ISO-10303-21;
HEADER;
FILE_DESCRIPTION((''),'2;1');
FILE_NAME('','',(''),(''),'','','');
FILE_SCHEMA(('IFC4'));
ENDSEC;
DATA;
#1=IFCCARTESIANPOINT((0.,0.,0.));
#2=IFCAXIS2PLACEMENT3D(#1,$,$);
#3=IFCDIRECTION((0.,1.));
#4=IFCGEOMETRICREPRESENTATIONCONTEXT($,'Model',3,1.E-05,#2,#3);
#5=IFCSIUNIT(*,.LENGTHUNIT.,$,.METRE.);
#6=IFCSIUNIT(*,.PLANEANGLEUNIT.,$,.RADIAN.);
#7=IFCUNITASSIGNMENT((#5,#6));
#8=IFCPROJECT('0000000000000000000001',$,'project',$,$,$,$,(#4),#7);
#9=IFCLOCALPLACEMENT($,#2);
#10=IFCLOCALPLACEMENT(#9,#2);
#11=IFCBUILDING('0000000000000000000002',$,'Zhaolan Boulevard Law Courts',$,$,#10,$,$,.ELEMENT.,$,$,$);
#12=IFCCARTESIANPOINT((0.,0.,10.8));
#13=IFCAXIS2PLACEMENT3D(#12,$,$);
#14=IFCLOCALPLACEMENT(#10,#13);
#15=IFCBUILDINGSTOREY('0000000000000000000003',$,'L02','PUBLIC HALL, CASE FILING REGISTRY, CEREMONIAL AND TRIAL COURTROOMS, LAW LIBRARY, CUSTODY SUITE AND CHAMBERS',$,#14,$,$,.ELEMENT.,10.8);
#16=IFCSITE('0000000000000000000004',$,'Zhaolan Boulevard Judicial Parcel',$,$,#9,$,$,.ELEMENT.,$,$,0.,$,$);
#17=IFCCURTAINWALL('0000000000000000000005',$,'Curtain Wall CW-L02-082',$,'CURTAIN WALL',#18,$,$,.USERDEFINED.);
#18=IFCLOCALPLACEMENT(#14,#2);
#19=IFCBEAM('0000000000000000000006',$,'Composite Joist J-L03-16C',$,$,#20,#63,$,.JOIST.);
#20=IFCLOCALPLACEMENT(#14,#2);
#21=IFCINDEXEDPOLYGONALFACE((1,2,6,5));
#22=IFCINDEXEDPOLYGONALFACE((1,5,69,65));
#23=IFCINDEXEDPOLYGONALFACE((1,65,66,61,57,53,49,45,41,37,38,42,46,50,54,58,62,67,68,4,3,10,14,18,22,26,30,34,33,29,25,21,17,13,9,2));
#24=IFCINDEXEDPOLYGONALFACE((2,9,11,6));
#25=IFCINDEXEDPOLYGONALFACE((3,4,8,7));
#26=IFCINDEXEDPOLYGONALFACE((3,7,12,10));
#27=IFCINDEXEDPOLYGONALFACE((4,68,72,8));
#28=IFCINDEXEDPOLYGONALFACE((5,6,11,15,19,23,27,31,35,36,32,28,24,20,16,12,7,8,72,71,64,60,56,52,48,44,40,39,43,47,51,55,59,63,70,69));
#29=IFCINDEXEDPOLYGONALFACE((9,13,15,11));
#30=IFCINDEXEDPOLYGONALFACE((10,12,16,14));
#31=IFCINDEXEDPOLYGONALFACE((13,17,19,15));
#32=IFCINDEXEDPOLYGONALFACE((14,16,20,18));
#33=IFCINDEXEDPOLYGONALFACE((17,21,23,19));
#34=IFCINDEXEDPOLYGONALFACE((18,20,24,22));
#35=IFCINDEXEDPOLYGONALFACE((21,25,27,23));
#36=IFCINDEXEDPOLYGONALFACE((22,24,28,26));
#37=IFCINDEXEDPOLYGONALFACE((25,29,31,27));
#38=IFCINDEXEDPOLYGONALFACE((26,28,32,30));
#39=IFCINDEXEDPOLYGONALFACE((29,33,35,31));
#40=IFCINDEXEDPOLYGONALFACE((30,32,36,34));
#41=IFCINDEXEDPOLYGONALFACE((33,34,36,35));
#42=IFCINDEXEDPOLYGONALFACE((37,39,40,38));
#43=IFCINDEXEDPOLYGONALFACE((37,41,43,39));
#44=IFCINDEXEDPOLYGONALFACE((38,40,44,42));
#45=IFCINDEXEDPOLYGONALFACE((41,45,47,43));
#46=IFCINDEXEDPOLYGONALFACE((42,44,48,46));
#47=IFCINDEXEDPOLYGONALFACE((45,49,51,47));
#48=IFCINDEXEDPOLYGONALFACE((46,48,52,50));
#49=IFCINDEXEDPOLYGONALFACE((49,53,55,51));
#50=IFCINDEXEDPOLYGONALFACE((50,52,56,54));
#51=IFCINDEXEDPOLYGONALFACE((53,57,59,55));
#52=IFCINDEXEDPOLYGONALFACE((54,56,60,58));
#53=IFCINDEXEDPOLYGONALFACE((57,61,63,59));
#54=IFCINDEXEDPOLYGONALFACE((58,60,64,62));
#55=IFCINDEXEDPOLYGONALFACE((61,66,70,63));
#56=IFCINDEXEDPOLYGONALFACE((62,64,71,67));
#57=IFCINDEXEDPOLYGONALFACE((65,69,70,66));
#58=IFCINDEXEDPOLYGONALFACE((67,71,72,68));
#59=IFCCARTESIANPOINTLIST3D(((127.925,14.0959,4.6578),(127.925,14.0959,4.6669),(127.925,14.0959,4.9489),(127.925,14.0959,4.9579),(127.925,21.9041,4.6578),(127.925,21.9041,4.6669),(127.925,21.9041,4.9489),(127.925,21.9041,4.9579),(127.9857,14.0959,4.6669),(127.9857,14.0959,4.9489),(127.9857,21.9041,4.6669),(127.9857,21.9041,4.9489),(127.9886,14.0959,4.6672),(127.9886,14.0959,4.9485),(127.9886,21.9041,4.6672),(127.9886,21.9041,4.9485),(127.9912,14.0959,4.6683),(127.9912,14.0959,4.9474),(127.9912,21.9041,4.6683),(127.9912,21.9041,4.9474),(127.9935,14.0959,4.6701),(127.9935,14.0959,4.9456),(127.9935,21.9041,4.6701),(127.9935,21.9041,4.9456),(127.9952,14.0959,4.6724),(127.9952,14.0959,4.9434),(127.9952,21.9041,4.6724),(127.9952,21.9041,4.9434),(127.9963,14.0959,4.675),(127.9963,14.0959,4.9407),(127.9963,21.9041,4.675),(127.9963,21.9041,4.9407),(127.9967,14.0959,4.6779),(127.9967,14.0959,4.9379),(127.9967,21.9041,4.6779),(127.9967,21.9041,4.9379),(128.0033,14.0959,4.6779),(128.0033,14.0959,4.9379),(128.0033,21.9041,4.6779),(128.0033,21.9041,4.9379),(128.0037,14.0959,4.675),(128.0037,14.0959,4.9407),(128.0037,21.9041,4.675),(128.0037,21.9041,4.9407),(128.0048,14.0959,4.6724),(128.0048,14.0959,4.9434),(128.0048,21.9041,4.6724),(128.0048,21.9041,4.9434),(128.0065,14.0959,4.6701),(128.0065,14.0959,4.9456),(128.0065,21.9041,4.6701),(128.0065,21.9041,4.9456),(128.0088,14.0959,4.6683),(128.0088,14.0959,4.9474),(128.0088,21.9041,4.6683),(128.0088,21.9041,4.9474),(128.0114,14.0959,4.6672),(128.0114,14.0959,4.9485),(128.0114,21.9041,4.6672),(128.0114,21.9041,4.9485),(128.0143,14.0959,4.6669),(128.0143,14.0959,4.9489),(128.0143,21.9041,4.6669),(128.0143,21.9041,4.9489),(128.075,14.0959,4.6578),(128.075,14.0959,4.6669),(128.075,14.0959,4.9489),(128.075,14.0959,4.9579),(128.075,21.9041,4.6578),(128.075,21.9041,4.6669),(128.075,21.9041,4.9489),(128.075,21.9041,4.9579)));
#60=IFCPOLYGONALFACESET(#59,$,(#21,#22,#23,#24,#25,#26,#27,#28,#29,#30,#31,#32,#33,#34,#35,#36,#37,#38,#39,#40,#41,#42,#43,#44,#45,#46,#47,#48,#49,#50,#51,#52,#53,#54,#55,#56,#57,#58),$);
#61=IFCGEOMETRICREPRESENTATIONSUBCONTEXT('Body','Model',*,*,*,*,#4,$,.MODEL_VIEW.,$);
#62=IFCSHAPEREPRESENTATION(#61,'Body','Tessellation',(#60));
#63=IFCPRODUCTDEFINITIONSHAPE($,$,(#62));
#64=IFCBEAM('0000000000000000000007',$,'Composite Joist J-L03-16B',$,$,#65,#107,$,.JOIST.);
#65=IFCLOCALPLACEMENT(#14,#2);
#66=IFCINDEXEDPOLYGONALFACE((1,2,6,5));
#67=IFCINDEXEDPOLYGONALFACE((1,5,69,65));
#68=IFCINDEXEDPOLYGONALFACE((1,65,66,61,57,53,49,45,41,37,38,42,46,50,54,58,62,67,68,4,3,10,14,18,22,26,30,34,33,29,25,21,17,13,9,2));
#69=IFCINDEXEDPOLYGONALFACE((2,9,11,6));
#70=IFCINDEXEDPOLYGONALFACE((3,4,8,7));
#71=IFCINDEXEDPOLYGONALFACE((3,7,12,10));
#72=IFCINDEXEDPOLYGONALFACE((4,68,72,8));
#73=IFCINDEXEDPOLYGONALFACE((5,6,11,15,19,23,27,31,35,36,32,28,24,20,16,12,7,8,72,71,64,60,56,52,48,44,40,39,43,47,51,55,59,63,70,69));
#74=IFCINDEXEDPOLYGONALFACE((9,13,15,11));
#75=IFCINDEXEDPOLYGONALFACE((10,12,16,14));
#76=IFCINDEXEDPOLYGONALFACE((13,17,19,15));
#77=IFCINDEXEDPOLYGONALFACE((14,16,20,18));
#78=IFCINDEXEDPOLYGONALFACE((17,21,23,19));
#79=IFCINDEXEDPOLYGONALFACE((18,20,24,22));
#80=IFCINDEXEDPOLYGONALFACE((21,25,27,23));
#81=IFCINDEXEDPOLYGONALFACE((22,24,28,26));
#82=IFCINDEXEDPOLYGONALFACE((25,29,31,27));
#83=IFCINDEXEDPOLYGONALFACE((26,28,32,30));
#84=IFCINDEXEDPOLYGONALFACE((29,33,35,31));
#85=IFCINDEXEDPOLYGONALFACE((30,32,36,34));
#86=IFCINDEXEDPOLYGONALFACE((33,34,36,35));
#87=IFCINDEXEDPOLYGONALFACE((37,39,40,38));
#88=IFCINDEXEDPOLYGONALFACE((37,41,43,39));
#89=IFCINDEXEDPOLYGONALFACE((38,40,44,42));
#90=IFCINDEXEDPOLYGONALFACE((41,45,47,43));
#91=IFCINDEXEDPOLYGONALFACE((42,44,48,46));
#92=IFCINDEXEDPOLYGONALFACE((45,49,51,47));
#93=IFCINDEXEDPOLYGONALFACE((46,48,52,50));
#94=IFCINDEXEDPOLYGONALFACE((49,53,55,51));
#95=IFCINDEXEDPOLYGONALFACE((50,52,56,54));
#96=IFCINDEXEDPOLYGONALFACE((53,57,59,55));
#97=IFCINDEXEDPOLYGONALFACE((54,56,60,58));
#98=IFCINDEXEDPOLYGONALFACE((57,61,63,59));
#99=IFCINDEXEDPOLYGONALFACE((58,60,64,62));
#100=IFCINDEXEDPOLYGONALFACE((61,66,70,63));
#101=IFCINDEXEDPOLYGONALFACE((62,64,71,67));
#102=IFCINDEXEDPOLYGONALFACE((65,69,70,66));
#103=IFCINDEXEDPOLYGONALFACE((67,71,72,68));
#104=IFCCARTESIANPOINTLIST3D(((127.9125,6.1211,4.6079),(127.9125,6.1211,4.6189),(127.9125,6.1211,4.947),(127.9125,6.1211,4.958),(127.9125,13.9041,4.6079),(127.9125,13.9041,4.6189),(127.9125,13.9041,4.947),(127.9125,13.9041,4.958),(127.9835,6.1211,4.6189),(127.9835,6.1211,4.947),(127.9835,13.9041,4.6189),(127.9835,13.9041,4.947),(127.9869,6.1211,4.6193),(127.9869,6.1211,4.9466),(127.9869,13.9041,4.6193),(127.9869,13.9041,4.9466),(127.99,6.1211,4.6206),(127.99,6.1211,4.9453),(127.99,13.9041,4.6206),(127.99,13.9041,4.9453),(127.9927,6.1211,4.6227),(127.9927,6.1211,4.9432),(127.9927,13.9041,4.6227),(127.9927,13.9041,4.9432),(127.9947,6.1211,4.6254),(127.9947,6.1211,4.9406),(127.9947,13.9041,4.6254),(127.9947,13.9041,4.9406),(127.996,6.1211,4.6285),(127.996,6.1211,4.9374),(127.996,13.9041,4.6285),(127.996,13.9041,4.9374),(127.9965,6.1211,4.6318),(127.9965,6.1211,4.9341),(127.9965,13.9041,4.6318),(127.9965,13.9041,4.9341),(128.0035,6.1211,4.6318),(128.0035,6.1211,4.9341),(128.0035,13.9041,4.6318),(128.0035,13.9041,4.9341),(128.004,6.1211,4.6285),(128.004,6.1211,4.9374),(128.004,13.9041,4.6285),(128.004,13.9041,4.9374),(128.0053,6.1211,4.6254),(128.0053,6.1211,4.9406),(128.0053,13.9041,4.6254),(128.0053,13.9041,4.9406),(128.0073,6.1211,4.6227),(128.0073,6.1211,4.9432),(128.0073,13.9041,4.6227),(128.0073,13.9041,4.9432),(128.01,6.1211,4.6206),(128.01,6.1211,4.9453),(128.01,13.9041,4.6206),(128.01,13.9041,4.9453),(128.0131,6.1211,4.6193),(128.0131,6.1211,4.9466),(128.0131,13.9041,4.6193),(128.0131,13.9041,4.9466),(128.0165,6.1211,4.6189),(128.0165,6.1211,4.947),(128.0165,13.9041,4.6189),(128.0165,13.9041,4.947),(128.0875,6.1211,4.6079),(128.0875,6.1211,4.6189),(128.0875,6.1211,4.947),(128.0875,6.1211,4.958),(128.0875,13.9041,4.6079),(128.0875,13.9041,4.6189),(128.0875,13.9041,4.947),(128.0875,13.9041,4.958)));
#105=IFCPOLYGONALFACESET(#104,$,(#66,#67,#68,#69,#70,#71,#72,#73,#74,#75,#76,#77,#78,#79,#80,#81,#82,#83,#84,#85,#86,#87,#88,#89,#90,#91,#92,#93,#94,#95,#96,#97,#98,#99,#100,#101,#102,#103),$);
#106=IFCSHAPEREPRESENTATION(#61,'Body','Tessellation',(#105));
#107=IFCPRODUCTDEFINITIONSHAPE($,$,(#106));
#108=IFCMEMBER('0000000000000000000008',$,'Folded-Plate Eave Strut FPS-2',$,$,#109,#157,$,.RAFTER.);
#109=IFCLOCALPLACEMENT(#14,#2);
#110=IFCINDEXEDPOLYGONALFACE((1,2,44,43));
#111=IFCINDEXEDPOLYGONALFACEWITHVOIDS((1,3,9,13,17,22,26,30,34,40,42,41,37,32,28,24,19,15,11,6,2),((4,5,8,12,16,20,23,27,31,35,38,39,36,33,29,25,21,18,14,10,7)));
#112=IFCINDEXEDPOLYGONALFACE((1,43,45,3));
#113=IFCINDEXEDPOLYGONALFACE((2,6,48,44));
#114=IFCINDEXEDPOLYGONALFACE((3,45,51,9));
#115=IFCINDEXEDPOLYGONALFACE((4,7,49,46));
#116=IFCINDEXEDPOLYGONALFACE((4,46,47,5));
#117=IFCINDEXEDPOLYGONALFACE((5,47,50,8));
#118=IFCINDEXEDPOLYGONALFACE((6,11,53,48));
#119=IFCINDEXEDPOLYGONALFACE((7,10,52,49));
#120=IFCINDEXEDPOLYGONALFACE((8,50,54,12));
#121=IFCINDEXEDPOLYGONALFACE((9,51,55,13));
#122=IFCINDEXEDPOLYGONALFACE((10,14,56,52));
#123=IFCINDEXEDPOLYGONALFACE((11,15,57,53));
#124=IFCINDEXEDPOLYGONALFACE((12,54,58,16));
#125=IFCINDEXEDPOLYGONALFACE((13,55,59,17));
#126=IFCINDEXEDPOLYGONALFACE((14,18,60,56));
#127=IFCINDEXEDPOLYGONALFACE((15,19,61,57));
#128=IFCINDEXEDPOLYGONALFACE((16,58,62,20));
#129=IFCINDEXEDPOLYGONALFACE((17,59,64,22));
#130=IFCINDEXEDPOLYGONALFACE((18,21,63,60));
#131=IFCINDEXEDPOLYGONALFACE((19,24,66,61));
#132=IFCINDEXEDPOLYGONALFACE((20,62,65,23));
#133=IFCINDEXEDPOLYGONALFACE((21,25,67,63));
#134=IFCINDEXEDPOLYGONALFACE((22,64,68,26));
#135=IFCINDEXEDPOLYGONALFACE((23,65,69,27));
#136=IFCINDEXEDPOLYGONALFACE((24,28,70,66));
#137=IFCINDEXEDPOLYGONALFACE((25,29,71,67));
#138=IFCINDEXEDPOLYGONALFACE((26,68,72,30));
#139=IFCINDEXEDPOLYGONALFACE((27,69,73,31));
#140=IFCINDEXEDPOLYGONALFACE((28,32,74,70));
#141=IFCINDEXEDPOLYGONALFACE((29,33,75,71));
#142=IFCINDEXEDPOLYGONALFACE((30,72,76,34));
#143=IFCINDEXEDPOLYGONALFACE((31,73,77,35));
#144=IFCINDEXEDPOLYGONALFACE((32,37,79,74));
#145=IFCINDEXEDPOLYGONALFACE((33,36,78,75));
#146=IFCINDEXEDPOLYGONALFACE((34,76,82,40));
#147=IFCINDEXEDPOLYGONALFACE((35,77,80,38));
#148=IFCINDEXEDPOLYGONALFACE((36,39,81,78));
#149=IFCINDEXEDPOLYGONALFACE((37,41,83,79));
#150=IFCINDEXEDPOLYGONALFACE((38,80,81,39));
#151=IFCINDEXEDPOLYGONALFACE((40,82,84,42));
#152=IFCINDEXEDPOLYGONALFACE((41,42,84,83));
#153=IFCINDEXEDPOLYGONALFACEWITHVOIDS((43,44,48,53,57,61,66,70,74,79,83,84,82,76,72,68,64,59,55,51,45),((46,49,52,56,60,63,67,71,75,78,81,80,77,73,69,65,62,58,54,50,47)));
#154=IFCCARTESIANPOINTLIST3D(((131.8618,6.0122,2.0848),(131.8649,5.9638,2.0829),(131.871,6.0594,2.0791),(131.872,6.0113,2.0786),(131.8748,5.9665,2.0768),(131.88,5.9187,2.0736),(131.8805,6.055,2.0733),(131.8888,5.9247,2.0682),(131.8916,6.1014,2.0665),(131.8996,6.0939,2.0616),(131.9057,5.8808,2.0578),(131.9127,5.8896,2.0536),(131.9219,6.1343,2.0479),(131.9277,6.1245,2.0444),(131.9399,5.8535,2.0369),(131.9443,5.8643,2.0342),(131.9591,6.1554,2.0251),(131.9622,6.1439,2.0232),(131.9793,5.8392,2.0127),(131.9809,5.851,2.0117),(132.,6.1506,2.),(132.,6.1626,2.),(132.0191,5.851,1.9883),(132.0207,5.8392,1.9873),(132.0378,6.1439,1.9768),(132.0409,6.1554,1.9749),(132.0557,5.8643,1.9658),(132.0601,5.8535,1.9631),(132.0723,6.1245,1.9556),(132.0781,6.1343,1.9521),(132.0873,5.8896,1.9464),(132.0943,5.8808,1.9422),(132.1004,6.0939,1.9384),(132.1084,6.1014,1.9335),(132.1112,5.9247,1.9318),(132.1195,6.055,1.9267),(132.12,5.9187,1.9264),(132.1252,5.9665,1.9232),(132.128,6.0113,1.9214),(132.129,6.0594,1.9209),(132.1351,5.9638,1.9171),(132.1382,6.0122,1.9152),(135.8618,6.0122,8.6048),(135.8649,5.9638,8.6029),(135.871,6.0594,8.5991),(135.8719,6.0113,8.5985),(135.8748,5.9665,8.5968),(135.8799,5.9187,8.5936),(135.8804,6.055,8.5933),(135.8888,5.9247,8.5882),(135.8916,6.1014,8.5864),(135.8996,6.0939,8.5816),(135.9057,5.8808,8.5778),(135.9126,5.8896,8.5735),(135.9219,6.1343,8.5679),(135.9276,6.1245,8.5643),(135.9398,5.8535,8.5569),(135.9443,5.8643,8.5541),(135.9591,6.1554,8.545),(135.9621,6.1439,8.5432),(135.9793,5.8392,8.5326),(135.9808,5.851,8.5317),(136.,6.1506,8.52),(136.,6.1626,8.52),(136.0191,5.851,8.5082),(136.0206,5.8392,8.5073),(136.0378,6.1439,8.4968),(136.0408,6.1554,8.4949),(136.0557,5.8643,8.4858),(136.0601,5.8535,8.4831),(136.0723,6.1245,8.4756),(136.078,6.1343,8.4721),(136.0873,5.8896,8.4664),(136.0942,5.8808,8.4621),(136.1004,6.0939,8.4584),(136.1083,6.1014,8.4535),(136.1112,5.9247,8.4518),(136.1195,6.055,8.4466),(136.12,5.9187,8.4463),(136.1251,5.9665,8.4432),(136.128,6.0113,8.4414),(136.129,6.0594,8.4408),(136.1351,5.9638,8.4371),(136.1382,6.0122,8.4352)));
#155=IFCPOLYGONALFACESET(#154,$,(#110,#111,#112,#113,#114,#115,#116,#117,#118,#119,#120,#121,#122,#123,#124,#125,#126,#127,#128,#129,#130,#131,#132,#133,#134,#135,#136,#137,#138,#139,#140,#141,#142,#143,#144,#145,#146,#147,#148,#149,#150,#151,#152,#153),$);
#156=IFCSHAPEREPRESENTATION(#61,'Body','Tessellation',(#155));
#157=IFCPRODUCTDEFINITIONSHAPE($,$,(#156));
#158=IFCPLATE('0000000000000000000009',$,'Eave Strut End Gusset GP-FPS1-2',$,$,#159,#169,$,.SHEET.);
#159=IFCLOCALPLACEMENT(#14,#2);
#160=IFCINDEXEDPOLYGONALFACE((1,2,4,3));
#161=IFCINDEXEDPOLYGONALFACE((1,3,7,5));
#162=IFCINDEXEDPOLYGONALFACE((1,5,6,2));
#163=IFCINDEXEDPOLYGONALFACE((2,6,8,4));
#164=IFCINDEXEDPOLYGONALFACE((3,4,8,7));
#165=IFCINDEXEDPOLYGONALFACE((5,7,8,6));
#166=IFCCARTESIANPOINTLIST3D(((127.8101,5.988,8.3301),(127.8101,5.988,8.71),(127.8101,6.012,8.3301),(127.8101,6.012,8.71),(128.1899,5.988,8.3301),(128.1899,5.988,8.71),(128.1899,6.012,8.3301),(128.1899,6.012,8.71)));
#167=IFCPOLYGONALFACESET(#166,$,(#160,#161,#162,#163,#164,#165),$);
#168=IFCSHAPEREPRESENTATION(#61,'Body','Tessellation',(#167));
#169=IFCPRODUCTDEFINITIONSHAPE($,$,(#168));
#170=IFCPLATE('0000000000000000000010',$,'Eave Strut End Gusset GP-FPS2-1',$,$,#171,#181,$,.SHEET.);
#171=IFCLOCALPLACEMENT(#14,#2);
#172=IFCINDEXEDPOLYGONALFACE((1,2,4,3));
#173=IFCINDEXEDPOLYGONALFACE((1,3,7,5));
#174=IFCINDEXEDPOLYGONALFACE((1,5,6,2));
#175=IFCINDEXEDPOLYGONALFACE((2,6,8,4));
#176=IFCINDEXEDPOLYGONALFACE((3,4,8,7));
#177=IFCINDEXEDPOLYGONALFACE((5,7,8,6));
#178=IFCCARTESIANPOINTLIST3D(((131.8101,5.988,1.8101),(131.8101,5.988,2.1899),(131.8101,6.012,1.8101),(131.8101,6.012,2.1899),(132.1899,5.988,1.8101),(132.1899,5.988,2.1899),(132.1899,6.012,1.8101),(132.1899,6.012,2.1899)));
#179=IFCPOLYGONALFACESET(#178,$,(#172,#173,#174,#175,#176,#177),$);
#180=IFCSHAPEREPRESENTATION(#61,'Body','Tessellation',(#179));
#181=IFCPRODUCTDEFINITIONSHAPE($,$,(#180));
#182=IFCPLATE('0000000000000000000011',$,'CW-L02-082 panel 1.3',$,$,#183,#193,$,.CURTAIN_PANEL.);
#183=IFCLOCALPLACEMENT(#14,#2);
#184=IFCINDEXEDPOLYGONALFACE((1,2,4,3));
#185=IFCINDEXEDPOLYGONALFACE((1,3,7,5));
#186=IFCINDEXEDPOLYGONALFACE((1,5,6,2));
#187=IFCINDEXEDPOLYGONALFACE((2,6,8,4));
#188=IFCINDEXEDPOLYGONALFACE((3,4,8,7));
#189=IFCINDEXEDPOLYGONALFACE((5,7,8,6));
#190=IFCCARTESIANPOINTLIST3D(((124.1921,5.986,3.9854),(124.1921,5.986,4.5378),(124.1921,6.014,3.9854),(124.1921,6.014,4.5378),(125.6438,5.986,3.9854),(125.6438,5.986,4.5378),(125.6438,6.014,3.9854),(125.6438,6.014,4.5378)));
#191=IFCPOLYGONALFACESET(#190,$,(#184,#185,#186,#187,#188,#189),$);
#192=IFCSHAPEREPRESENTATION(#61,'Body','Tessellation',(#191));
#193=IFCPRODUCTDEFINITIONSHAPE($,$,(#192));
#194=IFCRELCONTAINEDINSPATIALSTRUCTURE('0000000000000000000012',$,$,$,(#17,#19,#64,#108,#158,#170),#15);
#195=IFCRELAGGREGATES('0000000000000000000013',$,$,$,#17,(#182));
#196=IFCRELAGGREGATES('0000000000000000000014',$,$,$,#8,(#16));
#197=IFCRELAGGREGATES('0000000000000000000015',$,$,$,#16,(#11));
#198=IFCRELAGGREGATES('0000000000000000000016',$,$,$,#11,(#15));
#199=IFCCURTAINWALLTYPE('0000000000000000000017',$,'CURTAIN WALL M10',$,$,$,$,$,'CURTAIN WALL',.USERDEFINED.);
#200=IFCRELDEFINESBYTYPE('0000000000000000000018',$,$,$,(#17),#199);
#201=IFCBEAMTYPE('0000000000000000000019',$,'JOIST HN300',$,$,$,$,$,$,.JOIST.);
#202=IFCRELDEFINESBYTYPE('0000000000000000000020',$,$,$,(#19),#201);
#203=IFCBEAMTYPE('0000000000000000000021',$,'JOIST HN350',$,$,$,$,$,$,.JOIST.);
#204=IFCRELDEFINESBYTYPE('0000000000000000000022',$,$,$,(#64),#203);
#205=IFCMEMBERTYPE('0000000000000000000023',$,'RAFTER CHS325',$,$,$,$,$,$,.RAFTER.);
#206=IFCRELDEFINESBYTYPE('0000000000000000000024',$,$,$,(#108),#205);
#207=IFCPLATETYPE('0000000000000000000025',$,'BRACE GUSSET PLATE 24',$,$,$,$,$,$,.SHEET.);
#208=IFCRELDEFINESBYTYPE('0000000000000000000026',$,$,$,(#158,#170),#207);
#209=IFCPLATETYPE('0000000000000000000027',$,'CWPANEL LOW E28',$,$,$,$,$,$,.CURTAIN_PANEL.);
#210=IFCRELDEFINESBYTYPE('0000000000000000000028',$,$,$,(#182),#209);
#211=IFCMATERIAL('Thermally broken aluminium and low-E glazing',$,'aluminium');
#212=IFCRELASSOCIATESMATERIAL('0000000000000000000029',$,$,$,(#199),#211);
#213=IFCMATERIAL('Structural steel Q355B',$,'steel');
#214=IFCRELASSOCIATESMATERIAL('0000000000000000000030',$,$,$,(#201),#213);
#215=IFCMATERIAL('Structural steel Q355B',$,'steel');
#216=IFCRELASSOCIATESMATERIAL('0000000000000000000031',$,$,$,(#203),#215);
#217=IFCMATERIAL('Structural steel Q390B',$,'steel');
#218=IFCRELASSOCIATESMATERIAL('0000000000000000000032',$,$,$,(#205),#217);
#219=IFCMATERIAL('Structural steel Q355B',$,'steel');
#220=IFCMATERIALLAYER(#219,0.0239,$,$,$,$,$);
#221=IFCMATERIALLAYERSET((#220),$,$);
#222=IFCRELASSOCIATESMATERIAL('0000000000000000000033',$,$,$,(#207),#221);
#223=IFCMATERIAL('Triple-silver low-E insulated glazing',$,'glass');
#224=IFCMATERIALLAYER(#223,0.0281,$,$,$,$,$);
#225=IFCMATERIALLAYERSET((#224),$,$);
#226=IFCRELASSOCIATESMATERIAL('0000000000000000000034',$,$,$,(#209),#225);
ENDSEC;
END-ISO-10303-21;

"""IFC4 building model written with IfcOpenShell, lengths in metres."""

from ifc_helpers import new_model, si_unit, direction, frame, origin, origin_2d, place, context, subcontext, project, spatial, rectangle, hollow_circle, i_section, extrude, material, layer, layer_set, material_profile, profile_set, type_object, element, aggregate, save


model = new_model("IFC4")

# Units and contexts
model_context = context("Model", 3, precision=1e-05, world=origin(), true_north=direction((0.0, 1.0)))
body_context = subcontext(model_context, "Body", "Model", "MODEL_VIEW")
ifc_project = project(units=[si_unit("LENGTHUNIT", "METRE"), si_unit("PLANEANGLEUNIT", "RADIAN")], contexts=[model_context])

# Site, building, storey
site_placement = place(None, origin())
site = spatial("IfcSite", under=ifc_project, at=site_placement, Name="Zhaolan Boulevard Judicial Parcel", CompositionType="ELEMENT", RefElevation=0.0)
building_placement = place(site_placement, origin())
building = spatial("IfcBuilding", under=site, at=building_placement, Name="Zhaolan Boulevard Law Courts", CompositionType="ELEMENT")
storey_placement = place(building_placement, frame((0.0, 0.0, 10.8)))
storey = spatial("IfcBuildingStorey", under=building, at=storey_placement, Name="L02", Description="PUBLIC HALL, CASE FILING REGISTRY, CEREMONIAL AND TRIAL COURTROOMS, LAW LIBRARY, CUSTODY SUITE AND CHAMBERS", CompositionType="ELEMENT", Elevation=10.8)

# Curtain wall
ifc_material_1 = material(Name="Thermally broken aluminium and low-E glazing", Category="aluminium")
curtain_wall_type = type_object("IfcCurtainWallType", Name="CURTAIN WALL M10", ElementType="CURTAIN WALL", PredefinedType="USERDEFINED", material=ifc_material_1)
curtain_wall_placement = place(storey_placement, origin())
curtain_wall = element("IfcCurtainWall", 1, at=curtain_wall_placement, inside=storey, type_object=curtain_wall_type, Name="Curtain Wall CW-L02-082", ObjectType="CURTAIN WALL", PredefinedType="USERDEFINED")

# Beams
ifc_material_2 = material(Name="Structural steel Q355B", Category="steel")
ifc_material_profile_1 = material_profile(ifc_material_2, i_section(OverallWidth=0.1499, OverallDepth=0.3, WebThickness=0.0066, FlangeThickness=0.009, FilletRadius=0.011, at=origin_2d()), Name="HN300x150")
ifc_profile_set_1 = profile_set([ifc_material_profile_1], Name="Structural steel Q355B")
beam_type_1 = type_object("IfcBeamType", Name="JOIST HN300", PredefinedType="JOIST", material=ifc_profile_set_1)
beam_1_placement = place(storey_placement, frame((128.0, 14.0959, 4.8079), z_axis=(0.0, 1.0, 0.0), x_axis=(-1.0, 0.0, 0.0)))
element("IfcBeam", 2, at=beam_1_placement, inside=storey, type_object=beam_type_1, Name="Composite Joist J-L03-16C", PredefinedType="JOIST", context=body_context, shape_type="SweptSolid", body=[
    extrude(i_section(OverallWidth=0.1499, OverallDepth=0.3, WebThickness=0.0066, FlangeThickness=0.009, FilletRadius=0.011, at=origin_2d()), origin(), (0.0, 0.0, 1.0), 7.8081),
])
ifc_material_3 = material(Name="Structural steel Q355B", Category="steel")
ifc_material_profile_2 = material_profile(ifc_material_3, i_section(OverallWidth=0.175, OverallDepth=0.3501, WebThickness=0.0071, FlangeThickness=0.011, FilletRadius=0.0129, at=origin_2d()), Name="HN350x175")
ifc_profile_set_2 = profile_set([ifc_material_profile_2], Name="Structural steel Q355B")
beam_type_2 = type_object("IfcBeamType", Name="JOIST HN350", PredefinedType="JOIST", material=ifc_profile_set_2)
beam_2_placement = place(storey_placement, frame((128.0, 6.1211, 4.783), z_axis=(0.0, 1.0, 0.0), x_axis=(-1.0, 0.0, 0.0)))
element("IfcBeam", 3, at=beam_2_placement, inside=storey, type_object=beam_type_2, Name="Composite Joist J-L03-16B", PredefinedType="JOIST", context=body_context, shape_type="SweptSolid", body=[
    extrude(i_section(OverallWidth=0.175, OverallDepth=0.3501, WebThickness=0.0071, FlangeThickness=0.011, FilletRadius=0.0129, at=origin_2d()), origin(), (0.0, 0.0, 1.0), 7.783),
])

# Member
ifc_material_4 = material(Name="Structural steel Q390B", Category="steel")
ifc_material_profile_3 = material_profile(ifc_material_4, hollow_circle(Radius=0.1626, WallThickness=0.012, at=origin_2d()), Name="CHS325x12")
ifc_profile_set_3 = profile_set([ifc_material_profile_3], Name="Structural steel Q390B")
member_type_1 = type_object("IfcMemberType", Name="RAFTER CHS325", PredefinedType="RAFTER", material=ifc_profile_set_3)
member_1_placement = place(storey_placement, frame((132.0, 6.0, 2.0), z_axis=(0.522929, 0.0, 0.852376), x_axis=(0.0, 1.0, 0.0)))
element("IfcMember", 4, at=member_1_placement, inside=storey, type_object=member_type_1, Name="Folded-Plate Eave Strut FPS-2", PredefinedType="RAFTER", context=body_context, shape_type="SweptSolid", body=[
    extrude(hollow_circle(Radius=0.1626, WallThickness=0.012, at=origin_2d()), origin(), (0.0, 0.0, 1.0), 7.6492),
])

# Plates
ifc_material_5 = material(Name="Structural steel Q355B", Category="steel")
ifc_layer_1 = layer(ifc_material_5, 0.0239)
ifc_layer_set_1 = layer_set([ifc_layer_1])
plate_type_1 = type_object("IfcPlateType", Name="BRACE GUSSET PLATE 24", PredefinedType="SHEET", material=ifc_layer_set_1)
for number, where, z_axis, x_axis, name in (
    (5, (128.0, 6.0, 8.3301), (0.0, 0.0, 1.0), (1.0, 0.0, 0.0), "Eave Strut End Gusset GP-FPS1-2"),
    (6, (132.0, 6.0, 1.8101), (0.0, 0.0, 1.0), (1.0, 0.0, 0.0), "Eave Strut End Gusset GP-FPS2-1"),
):
    element("IfcPlate", number, at=place(storey_placement, frame(where, z_axis=z_axis, x_axis=x_axis)), inside=storey, type_object=plate_type_1, Name=name, PredefinedType="SHEET", context=body_context, shape_type="SweptSolid", body=[
        extrude(rectangle(XDim=0.3799, YDim=0.0239, at=origin_2d()), origin(), (0.0, 0.0, 1.0), 0.3799),
    ])

# Plate
ifc_material_6 = material(Name="Triple-silver low-E insulated glazing", Category="glass")
ifc_layer_2 = layer(ifc_material_6, 0.0281)
ifc_layer_set_2 = layer_set([ifc_layer_2])
plate_type_2 = type_object("IfcPlateType", Name="CWPANEL LOW E28", PredefinedType="CURTAIN_PANEL", material=ifc_layer_set_2)
plate_1_placement = place(storey_placement, frame((124.918, 6.0, 3.9854), z_axis=(0.0, 0.0, 1.0), x_axis=(1.0, 0.0, 0.0)))
plate_1 = element("IfcPlate", 7, at=plate_1_placement, type_object=plate_type_2, Name="CW-L02-082 panel 1.3", PredefinedType="CURTAIN_PANEL", context=body_context, shape_type="SweptSolid", body=[
    extrude(rectangle(XDim=1.4517, YDim=0.0281, at=origin_2d()), origin(), (0.0, 0.0, 1.0), 0.5525),
])
aggregate(curtain_wall, [plate_1])

save(model, "model.ifc")
